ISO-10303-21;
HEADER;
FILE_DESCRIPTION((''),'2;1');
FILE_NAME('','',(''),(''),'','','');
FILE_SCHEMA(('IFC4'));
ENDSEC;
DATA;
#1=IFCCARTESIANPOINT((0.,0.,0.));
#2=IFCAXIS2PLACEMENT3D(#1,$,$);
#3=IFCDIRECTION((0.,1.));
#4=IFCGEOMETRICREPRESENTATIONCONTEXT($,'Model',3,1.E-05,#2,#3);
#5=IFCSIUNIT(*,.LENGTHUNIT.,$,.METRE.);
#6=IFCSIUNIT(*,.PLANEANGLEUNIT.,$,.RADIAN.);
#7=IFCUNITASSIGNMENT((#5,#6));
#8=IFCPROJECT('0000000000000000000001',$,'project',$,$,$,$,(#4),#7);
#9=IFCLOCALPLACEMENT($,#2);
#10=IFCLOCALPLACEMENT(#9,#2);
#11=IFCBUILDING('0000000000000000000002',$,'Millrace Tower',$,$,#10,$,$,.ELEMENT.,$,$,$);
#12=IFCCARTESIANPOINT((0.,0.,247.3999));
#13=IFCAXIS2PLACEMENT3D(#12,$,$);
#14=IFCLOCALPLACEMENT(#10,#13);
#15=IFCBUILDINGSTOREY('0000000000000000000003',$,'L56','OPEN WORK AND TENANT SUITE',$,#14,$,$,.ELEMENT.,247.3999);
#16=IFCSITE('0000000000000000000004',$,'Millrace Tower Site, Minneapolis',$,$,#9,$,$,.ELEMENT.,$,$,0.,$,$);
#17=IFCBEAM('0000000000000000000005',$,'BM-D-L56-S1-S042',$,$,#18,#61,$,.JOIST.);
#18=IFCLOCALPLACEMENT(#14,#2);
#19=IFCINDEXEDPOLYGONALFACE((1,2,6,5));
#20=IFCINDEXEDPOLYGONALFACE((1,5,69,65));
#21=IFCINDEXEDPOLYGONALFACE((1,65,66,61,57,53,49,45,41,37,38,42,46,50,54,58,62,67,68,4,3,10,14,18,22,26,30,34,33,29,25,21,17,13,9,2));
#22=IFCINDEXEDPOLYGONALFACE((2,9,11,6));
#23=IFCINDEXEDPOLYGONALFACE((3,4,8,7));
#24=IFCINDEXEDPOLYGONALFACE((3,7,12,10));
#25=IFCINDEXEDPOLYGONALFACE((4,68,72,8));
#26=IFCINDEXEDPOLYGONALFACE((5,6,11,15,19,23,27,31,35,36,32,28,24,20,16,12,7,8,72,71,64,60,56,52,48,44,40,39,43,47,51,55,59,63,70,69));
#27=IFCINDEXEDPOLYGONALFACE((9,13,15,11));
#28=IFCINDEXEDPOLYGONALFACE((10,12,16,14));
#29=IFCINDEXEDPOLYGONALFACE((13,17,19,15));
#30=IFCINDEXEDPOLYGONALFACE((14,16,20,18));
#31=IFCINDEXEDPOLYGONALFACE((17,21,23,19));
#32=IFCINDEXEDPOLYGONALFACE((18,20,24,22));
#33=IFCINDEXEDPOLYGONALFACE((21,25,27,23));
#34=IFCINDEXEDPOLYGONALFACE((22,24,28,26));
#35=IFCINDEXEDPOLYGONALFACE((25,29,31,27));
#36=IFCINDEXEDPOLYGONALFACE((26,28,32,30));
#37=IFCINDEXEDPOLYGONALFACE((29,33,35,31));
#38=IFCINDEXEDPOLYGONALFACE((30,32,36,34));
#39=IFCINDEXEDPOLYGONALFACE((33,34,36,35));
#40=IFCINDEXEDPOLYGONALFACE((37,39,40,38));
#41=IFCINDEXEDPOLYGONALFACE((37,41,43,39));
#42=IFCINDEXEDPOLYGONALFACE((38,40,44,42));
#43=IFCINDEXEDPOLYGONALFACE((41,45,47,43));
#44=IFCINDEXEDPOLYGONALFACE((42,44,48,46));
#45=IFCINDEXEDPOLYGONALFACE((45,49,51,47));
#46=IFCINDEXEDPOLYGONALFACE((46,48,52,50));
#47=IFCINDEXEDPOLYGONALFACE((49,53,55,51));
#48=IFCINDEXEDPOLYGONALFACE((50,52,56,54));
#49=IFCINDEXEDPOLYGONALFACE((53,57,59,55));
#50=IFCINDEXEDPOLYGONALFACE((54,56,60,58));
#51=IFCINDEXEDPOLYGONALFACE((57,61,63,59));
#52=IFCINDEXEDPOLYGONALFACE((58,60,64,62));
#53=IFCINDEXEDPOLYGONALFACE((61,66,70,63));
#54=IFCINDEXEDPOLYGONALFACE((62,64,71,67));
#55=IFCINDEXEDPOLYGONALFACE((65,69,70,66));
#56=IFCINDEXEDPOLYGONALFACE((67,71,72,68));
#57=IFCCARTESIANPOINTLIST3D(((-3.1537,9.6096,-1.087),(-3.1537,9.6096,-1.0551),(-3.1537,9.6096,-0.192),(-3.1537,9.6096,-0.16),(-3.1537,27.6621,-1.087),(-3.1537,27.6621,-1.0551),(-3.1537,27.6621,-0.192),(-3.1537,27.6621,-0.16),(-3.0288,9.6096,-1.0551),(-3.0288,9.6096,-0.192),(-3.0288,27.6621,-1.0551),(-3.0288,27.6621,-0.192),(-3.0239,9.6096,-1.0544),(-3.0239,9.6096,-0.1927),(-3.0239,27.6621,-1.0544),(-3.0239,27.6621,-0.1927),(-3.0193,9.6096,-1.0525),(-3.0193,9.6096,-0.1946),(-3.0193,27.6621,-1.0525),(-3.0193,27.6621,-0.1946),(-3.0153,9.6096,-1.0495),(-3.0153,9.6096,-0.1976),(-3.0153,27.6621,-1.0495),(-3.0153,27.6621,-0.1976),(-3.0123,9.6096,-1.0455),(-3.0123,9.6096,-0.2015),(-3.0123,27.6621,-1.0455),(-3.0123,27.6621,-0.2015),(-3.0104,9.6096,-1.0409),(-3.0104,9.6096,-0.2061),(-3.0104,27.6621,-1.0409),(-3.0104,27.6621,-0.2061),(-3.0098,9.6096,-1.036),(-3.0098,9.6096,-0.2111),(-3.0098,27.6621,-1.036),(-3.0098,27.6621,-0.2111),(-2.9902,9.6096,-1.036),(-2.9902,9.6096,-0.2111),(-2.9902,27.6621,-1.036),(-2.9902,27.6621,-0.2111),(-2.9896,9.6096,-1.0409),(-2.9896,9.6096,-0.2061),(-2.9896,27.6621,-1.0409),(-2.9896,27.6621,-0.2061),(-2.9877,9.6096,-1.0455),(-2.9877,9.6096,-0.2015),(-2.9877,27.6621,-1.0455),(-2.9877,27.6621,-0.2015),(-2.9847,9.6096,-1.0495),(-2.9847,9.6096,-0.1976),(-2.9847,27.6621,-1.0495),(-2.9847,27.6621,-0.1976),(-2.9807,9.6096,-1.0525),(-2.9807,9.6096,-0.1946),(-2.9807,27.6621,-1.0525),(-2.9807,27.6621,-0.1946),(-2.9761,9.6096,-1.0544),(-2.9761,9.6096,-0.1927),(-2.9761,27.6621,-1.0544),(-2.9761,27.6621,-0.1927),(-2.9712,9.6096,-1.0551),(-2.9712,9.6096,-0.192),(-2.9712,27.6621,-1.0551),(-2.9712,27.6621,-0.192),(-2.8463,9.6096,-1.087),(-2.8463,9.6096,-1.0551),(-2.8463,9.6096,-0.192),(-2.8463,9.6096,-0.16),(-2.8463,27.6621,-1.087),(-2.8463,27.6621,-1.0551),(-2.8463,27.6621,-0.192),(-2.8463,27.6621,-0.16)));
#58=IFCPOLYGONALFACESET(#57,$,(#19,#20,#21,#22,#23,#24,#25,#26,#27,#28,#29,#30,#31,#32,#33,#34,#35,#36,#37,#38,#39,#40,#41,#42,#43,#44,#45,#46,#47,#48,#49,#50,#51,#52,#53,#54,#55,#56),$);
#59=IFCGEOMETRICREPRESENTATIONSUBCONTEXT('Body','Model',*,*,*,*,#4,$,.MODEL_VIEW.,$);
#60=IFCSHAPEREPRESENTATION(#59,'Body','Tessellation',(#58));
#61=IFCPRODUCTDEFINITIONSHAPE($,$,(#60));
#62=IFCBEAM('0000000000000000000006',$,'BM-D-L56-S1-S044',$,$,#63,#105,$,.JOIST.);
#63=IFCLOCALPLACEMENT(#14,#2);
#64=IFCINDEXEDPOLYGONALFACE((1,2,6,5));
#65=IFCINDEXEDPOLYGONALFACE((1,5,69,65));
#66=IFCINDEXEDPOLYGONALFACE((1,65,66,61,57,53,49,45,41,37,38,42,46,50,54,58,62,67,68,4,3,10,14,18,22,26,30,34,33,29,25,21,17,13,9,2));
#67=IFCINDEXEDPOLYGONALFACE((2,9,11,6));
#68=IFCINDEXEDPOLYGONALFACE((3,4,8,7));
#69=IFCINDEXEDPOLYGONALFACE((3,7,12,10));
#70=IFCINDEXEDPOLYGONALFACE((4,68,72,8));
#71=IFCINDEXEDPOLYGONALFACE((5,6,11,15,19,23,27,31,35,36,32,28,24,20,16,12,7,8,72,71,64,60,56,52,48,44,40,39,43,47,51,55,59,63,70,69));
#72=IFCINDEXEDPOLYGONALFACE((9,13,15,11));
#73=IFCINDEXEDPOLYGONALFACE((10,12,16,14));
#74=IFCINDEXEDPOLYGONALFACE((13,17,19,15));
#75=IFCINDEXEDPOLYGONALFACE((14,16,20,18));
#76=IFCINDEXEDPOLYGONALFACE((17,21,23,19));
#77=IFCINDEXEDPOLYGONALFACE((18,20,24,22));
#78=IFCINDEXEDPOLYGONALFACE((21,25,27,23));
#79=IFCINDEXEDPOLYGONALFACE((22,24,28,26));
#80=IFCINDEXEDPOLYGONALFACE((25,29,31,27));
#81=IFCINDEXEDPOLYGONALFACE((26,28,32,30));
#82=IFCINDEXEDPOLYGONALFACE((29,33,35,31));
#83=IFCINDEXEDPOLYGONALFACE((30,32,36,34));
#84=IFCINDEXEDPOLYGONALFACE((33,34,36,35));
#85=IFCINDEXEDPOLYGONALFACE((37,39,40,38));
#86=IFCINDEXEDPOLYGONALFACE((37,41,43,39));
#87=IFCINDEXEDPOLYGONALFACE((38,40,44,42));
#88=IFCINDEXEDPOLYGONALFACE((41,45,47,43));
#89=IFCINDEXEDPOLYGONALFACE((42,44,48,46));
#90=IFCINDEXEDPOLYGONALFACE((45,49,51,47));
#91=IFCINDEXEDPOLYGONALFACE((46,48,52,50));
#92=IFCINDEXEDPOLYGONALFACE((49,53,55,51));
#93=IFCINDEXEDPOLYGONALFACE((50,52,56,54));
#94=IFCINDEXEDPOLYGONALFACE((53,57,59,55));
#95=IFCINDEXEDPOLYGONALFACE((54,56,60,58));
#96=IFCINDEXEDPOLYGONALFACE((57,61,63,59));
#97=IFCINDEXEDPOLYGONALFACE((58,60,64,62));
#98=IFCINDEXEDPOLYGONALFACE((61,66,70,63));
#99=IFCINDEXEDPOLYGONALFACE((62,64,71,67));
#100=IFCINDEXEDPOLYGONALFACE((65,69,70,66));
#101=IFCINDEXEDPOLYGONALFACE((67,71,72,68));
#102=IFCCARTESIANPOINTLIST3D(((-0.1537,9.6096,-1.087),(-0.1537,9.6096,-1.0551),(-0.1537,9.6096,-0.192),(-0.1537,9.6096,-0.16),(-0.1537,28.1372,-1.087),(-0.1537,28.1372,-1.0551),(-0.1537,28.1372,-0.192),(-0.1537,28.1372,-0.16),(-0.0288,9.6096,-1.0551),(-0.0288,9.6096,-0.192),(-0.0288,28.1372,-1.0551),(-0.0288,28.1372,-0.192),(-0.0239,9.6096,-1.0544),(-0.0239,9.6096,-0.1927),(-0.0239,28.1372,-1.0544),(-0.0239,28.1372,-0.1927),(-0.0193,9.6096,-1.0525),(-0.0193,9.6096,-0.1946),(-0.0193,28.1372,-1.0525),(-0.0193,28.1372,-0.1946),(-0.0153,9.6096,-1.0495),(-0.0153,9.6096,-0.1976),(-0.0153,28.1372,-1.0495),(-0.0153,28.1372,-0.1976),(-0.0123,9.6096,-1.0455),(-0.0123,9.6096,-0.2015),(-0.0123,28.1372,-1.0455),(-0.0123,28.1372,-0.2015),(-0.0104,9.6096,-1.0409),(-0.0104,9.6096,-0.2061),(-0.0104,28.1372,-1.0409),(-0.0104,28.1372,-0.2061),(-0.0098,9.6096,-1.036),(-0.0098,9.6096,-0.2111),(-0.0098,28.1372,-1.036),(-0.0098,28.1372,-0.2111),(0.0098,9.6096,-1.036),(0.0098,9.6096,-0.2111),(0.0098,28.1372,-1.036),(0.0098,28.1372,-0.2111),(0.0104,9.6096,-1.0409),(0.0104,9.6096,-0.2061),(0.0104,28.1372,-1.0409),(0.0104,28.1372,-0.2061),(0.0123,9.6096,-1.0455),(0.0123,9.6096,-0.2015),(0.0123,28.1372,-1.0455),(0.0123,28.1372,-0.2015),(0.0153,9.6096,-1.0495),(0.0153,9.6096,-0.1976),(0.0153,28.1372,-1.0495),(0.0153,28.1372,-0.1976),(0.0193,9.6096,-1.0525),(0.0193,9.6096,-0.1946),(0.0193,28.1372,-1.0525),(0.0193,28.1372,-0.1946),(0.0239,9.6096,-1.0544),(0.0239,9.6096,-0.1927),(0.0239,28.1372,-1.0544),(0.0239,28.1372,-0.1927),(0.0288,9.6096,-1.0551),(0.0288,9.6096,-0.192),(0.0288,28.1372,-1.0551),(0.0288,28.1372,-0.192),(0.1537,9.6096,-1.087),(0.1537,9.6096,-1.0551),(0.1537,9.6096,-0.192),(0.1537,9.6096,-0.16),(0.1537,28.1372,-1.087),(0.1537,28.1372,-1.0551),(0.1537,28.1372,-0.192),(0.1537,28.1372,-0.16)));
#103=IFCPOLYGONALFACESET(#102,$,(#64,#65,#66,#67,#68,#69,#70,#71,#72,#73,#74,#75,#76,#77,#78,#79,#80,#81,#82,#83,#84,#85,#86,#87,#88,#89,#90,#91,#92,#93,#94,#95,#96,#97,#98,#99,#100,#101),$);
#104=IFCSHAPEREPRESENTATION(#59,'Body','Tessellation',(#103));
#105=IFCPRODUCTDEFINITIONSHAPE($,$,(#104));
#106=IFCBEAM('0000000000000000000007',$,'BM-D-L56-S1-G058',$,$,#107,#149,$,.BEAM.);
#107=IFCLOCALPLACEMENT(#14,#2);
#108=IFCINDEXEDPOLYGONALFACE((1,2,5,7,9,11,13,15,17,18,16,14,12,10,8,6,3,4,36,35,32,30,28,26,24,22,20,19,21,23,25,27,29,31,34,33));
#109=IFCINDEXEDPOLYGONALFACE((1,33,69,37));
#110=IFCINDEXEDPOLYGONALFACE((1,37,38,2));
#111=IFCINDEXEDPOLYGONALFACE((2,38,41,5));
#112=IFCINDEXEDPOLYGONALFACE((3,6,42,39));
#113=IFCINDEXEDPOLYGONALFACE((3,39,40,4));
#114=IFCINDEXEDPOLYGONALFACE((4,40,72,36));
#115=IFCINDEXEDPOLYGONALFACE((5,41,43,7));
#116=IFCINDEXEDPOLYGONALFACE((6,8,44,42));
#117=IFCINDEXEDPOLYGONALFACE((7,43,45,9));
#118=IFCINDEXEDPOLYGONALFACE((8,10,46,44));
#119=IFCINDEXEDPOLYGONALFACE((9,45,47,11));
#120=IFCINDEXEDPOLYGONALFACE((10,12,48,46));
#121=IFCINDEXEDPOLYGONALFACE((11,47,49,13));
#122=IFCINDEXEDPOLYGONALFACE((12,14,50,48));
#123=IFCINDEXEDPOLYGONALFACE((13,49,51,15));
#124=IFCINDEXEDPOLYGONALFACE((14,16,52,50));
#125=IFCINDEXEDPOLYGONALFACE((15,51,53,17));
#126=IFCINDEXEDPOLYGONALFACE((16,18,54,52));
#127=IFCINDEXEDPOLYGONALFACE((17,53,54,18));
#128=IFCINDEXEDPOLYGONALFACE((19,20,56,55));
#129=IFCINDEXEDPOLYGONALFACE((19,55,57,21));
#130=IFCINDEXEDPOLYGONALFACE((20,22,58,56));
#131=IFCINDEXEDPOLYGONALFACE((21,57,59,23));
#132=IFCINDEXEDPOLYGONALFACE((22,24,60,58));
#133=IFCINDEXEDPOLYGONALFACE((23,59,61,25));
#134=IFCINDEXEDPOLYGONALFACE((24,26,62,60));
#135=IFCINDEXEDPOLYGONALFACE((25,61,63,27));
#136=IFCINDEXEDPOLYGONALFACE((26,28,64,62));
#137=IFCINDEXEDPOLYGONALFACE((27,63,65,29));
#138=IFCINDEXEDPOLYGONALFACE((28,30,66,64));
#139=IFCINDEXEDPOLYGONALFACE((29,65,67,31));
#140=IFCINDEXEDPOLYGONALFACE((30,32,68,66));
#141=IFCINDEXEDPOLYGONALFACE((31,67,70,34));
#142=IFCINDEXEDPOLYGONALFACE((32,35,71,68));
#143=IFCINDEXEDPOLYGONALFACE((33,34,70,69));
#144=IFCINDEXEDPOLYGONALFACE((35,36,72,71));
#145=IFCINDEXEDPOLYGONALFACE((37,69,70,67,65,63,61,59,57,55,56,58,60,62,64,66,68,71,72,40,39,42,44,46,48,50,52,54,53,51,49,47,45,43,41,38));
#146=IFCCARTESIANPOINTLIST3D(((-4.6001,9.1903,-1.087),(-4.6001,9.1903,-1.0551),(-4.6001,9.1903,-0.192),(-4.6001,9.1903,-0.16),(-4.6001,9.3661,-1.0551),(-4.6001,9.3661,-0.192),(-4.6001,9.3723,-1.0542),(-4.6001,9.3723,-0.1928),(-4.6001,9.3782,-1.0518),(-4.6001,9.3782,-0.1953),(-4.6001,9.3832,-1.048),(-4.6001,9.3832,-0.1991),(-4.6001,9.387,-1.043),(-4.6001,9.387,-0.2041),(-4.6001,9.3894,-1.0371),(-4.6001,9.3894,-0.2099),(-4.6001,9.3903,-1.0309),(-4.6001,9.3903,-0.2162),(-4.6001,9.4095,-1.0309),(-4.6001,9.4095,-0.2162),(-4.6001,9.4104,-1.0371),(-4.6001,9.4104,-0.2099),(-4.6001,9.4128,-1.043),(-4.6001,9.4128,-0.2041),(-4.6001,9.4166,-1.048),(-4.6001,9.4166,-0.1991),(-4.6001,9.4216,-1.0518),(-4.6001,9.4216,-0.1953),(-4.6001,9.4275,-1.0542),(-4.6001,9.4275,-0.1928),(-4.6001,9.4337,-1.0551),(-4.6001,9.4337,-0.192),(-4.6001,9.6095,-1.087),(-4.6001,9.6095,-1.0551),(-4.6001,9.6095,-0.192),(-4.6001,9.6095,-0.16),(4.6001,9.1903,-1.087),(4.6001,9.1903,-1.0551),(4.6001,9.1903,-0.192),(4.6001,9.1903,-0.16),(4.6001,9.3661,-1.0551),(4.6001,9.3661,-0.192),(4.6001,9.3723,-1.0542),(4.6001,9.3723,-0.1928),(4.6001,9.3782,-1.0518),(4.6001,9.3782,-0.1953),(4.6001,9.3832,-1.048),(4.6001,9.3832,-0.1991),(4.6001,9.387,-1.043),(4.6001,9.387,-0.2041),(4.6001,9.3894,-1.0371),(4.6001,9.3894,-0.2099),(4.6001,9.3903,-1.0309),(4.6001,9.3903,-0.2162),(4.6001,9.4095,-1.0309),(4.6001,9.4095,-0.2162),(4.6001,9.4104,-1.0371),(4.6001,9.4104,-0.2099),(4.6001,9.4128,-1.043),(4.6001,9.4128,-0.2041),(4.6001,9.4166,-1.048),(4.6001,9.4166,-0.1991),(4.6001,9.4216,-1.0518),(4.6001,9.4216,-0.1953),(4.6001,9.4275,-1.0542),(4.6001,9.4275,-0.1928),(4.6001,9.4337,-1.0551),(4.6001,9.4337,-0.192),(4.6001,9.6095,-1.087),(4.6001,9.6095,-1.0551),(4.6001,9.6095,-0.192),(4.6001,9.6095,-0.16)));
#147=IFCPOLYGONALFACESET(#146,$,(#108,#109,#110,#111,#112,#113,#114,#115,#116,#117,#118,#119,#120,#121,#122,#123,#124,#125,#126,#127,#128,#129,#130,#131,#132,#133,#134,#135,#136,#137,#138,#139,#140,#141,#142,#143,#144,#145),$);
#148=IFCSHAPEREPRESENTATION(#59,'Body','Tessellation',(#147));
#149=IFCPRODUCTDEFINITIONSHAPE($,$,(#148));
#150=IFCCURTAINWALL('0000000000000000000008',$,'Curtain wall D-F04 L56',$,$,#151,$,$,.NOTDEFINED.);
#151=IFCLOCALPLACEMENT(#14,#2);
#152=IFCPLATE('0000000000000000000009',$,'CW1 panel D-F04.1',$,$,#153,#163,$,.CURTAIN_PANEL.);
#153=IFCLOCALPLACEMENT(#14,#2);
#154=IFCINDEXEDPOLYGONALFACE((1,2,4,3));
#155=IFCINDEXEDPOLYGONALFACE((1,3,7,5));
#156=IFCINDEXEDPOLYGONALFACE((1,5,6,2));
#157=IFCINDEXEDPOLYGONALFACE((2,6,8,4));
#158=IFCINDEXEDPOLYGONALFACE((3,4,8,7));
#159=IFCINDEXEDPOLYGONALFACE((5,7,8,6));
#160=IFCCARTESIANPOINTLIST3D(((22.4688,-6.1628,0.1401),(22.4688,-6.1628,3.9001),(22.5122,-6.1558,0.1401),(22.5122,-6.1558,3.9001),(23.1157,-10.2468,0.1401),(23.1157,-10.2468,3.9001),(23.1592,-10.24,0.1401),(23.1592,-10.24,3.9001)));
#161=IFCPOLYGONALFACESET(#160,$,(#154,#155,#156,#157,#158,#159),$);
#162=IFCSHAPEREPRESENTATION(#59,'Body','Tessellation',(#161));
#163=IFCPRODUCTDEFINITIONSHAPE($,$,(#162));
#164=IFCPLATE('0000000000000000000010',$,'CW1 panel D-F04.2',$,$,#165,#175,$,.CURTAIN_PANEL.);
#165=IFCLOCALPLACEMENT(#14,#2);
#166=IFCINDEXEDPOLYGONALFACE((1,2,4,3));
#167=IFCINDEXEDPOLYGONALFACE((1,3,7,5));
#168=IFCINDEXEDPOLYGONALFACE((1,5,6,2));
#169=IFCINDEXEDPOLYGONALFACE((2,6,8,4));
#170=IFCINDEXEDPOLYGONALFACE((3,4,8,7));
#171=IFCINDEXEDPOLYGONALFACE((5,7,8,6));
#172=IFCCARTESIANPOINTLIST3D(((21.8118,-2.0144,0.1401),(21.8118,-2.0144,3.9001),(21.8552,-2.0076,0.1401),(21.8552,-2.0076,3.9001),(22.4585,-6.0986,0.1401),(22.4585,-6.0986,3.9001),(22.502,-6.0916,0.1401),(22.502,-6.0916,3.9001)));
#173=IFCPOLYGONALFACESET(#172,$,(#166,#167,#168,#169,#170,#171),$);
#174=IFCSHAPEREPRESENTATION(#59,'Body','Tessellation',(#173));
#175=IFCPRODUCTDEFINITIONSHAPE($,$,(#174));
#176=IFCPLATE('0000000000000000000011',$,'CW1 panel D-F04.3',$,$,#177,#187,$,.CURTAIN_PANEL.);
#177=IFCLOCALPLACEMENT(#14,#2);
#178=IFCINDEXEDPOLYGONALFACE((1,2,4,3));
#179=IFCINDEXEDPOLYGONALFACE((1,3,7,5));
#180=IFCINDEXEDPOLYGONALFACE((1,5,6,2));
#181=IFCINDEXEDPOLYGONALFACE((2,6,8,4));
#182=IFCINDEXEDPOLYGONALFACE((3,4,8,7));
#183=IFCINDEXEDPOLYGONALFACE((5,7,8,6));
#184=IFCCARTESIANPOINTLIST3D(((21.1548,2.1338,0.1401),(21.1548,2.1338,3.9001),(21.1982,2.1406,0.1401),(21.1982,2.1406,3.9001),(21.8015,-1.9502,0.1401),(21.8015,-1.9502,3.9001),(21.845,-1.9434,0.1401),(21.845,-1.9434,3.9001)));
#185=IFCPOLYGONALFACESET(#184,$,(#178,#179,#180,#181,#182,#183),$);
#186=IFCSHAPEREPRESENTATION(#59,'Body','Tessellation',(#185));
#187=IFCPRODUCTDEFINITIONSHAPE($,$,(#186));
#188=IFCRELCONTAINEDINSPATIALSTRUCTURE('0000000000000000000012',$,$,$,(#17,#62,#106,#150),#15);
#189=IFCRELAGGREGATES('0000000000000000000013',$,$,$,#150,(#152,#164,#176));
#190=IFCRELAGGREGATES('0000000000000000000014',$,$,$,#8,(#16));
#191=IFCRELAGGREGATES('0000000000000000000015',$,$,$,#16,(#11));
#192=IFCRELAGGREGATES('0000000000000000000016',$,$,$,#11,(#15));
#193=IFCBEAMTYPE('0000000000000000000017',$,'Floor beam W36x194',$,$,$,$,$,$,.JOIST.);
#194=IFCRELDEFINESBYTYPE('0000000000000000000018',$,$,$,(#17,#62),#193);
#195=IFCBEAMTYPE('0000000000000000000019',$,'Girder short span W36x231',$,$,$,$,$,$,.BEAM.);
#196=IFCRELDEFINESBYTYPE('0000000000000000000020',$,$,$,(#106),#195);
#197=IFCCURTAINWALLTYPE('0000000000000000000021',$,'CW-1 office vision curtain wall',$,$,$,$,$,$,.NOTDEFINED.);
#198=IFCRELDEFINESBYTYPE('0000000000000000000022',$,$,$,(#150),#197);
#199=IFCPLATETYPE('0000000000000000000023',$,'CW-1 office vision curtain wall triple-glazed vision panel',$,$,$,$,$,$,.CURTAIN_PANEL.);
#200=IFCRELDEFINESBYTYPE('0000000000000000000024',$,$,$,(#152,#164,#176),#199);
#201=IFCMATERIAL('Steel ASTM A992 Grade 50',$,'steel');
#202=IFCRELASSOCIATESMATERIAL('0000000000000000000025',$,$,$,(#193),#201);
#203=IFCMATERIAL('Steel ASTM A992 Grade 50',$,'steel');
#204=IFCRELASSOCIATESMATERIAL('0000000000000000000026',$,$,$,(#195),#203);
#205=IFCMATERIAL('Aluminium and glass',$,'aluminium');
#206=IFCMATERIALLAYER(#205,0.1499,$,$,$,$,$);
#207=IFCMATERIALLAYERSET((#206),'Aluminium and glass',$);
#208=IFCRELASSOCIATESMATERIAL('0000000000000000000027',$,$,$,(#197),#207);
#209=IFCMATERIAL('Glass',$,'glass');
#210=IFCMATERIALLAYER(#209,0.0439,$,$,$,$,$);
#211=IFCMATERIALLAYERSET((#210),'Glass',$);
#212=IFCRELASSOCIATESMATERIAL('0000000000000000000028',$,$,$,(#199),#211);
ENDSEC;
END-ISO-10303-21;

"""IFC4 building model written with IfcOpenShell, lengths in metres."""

from ifc_helpers import new_model, si_unit, direction, frame, origin, origin_2d, place, context, subcontext, project, spatial, polyline, i_section, outline, extrude, material, layer, layer_set, material_profile, profile_set, type_object, element, aggregate, save


model = new_model("IFC4")

# Units and contexts
model_context = context("Model", 3, precision=1e-05, world=origin(), true_north=direction((0.0, 1.0)))
body_context = subcontext(model_context, "Body", "Model", "MODEL_VIEW")
ifc_project = project(units=[si_unit("LENGTHUNIT", "METRE"), si_unit("PLANEANGLEUNIT", "RADIAN")], contexts=[model_context])

# Site, building, storey
site_placement = place(None, origin())
site = spatial("IfcSite", under=ifc_project, at=site_placement, Name="Millrace Tower Site, Minneapolis", CompositionType="ELEMENT", RefElevation=0.0)
building_placement = place(site_placement, origin())
building = spatial("IfcBuilding", under=site, at=building_placement, Name="Millrace Tower", CompositionType="ELEMENT")
storey_placement = place(building_placement, frame((0.0, 0.0, 247.3999)))
storey = spatial("IfcBuildingStorey", under=building, at=storey_placement, Name="L56", Description="OPEN WORK AND TENANT SUITE", CompositionType="ELEMENT", Elevation=247.3999)

# Beams
ifc_material_1 = material(Name="Steel ASTM A992 Grade 50", Category="steel")
ifc_material_profile_1 = material_profile(ifc_material_1, i_section(OverallWidth=0.3074, OverallDepth=0.927, WebThickness=0.0195, FlangeThickness=0.032, FilletRadius=0.019, at=origin_2d()))
ifc_profile_set_1 = profile_set([ifc_material_profile_1], Name="Steel ASTM A992 Grade 50")
beam_type_1 = type_object("IfcBeamType", Name="Floor beam W36x194", PredefinedType="JOIST", material=ifc_profile_set_1)
beam_1_placement = place(storey_placement, frame((-3.0, 9.6096, -0.6235), z_axis=(0.0, 1.0, 0.0), x_axis=(-1.0, 0.0, 0.0)))
element("IfcBeam", 1, at=beam_1_placement, inside=storey, type_object=beam_type_1, Name="BM-D-L56-S1-S042", PredefinedType="JOIST", context=body_context, shape_type="SweptSolid", body=[
    extrude(i_section(OverallWidth=0.3074, OverallDepth=0.927, WebThickness=0.0195, FlangeThickness=0.032, FilletRadius=0.019, at=origin_2d()), origin(), (0.0, 0.0, 1.0), 18.0525),
])
beam_2_placement = place(storey_placement, frame((0.0, 9.6096, -0.6235), z_axis=(0.0, 1.0, 0.0), x_axis=(-1.0, 0.0, 0.0)))
element("IfcBeam", 2, at=beam_2_placement, inside=storey, type_object=beam_type_1, Name="BM-D-L56-S1-S044", PredefinedType="JOIST", context=body_context, shape_type="SweptSolid", body=[
    extrude(i_section(OverallWidth=0.3074, OverallDepth=0.927, WebThickness=0.0195, FlangeThickness=0.032, FilletRadius=0.019, at=origin_2d()), origin(), (0.0, 0.0, 1.0), 18.5276),
])
ifc_material_2 = material(Name="Steel ASTM A992 Grade 50", Category="steel")
ifc_material_profile_2 = material_profile(ifc_material_2, i_section(OverallWidth=0.4192, OverallDepth=0.927, WebThickness=0.0193, FlangeThickness=0.032, FilletRadius=0.0242, at=origin_2d()))
ifc_profile_set_2 = profile_set([ifc_material_profile_2], Name="Steel ASTM A992 Grade 50")
beam_type_2 = type_object("IfcBeamType", Name="Girder short span W36x231", PredefinedType="BEAM", material=ifc_profile_set_2)
beam_3_placement = place(storey_placement, frame((-4.6001, 9.3999, -0.6235), z_axis=(1.0, 0.0, 0.0), x_axis=(0.0, 1.0, 0.0)))
element("IfcBeam", 3, at=beam_3_placement, inside=storey, type_object=beam_type_2, Name="BM-D-L56-S1-G058", PredefinedType="BEAM", context=body_context, shape_type="SweptSolid", body=[
    extrude(i_section(OverallWidth=0.4192, OverallDepth=0.927, WebThickness=0.0193, FlangeThickness=0.032, FilletRadius=0.0242, at=origin_2d()), origin(), (0.0, 0.0, 1.0), 9.2002),
])

# Curtain wall, plates
ifc_material_3 = material(Name="Aluminium and glass", Category="aluminium")
ifc_layer_1 = layer(ifc_material_3, 0.1499)
ifc_layer_set_1 = layer_set([ifc_layer_1], Name="Aluminium and glass")
curtain_wall_type = type_object("IfcCurtainWallType", Name="CW-1 office vision curtain wall", PredefinedType="NOTDEFINED", material=ifc_layer_set_1)
placement_1 = place(storey_placement, origin())
curtain_wall = element("IfcCurtainWall", 4, at=placement_1, inside=storey, type_object=curtain_wall_type, Name="Curtain wall D-F04 L56", PredefinedType="NOTDEFINED")
ifc_material_4 = material(Name="Glass", Category="glass")
ifc_layer_2 = layer(ifc_material_4, 0.0439)
ifc_layer_set_2 = layer_set([ifc_layer_2], Name="Glass")
plate_type = type_object("IfcPlateType", Name="CW-1 office vision curtain wall triple-glazed vision panel", PredefinedType="CURTAIN_PANEL", material=ifc_layer_set_2)
placement_2 = place(storey_placement, frame((0.0, 0.0, 0.1401)))
plate_1 = element("IfcPlate", 5, at=placement_2, type_object=plate_type, Name="CW1 panel D-F04.1", PredefinedType="CURTAIN_PANEL", context=body_context, shape_type="SweptSolid", body=[
    extrude(outline(polyline([(23.1592, -10.24), (22.5122, -6.1558), (22.4688, -6.1628), (23.1157, -10.2468), (23.1592, -10.24)])), origin(), (0.0, 0.0, 1.0), 3.76),
])
plate_2 = element("IfcPlate", 6, at=placement_2, type_object=plate_type, Name="CW1 panel D-F04.2", PredefinedType="CURTAIN_PANEL", context=body_context, shape_type="SweptSolid", body=[
    extrude(outline(polyline([(22.502, -6.0916), (21.8552, -2.0076), (21.8118, -2.0144), (22.4585, -6.0986), (22.502, -6.0916)])), origin(), (0.0, 0.0, 1.0), 3.76),
])
plate_3 = element("IfcPlate", 7, at=placement_2, type_object=plate_type, Name="CW1 panel D-F04.3", PredefinedType="CURTAIN_PANEL", context=body_context, shape_type="SweptSolid", body=[
    extrude(outline(polyline([(21.845, -1.9434), (21.1982, 2.1406), (21.1548, 2.1338), (21.8015, -1.9502), (21.845, -1.9434)])), origin(), (0.0, 0.0, 1.0), 3.76),
])
aggregate(curtain_wall, [plate_1, plate_2, plate_3])

save(model, "model.ifc")
